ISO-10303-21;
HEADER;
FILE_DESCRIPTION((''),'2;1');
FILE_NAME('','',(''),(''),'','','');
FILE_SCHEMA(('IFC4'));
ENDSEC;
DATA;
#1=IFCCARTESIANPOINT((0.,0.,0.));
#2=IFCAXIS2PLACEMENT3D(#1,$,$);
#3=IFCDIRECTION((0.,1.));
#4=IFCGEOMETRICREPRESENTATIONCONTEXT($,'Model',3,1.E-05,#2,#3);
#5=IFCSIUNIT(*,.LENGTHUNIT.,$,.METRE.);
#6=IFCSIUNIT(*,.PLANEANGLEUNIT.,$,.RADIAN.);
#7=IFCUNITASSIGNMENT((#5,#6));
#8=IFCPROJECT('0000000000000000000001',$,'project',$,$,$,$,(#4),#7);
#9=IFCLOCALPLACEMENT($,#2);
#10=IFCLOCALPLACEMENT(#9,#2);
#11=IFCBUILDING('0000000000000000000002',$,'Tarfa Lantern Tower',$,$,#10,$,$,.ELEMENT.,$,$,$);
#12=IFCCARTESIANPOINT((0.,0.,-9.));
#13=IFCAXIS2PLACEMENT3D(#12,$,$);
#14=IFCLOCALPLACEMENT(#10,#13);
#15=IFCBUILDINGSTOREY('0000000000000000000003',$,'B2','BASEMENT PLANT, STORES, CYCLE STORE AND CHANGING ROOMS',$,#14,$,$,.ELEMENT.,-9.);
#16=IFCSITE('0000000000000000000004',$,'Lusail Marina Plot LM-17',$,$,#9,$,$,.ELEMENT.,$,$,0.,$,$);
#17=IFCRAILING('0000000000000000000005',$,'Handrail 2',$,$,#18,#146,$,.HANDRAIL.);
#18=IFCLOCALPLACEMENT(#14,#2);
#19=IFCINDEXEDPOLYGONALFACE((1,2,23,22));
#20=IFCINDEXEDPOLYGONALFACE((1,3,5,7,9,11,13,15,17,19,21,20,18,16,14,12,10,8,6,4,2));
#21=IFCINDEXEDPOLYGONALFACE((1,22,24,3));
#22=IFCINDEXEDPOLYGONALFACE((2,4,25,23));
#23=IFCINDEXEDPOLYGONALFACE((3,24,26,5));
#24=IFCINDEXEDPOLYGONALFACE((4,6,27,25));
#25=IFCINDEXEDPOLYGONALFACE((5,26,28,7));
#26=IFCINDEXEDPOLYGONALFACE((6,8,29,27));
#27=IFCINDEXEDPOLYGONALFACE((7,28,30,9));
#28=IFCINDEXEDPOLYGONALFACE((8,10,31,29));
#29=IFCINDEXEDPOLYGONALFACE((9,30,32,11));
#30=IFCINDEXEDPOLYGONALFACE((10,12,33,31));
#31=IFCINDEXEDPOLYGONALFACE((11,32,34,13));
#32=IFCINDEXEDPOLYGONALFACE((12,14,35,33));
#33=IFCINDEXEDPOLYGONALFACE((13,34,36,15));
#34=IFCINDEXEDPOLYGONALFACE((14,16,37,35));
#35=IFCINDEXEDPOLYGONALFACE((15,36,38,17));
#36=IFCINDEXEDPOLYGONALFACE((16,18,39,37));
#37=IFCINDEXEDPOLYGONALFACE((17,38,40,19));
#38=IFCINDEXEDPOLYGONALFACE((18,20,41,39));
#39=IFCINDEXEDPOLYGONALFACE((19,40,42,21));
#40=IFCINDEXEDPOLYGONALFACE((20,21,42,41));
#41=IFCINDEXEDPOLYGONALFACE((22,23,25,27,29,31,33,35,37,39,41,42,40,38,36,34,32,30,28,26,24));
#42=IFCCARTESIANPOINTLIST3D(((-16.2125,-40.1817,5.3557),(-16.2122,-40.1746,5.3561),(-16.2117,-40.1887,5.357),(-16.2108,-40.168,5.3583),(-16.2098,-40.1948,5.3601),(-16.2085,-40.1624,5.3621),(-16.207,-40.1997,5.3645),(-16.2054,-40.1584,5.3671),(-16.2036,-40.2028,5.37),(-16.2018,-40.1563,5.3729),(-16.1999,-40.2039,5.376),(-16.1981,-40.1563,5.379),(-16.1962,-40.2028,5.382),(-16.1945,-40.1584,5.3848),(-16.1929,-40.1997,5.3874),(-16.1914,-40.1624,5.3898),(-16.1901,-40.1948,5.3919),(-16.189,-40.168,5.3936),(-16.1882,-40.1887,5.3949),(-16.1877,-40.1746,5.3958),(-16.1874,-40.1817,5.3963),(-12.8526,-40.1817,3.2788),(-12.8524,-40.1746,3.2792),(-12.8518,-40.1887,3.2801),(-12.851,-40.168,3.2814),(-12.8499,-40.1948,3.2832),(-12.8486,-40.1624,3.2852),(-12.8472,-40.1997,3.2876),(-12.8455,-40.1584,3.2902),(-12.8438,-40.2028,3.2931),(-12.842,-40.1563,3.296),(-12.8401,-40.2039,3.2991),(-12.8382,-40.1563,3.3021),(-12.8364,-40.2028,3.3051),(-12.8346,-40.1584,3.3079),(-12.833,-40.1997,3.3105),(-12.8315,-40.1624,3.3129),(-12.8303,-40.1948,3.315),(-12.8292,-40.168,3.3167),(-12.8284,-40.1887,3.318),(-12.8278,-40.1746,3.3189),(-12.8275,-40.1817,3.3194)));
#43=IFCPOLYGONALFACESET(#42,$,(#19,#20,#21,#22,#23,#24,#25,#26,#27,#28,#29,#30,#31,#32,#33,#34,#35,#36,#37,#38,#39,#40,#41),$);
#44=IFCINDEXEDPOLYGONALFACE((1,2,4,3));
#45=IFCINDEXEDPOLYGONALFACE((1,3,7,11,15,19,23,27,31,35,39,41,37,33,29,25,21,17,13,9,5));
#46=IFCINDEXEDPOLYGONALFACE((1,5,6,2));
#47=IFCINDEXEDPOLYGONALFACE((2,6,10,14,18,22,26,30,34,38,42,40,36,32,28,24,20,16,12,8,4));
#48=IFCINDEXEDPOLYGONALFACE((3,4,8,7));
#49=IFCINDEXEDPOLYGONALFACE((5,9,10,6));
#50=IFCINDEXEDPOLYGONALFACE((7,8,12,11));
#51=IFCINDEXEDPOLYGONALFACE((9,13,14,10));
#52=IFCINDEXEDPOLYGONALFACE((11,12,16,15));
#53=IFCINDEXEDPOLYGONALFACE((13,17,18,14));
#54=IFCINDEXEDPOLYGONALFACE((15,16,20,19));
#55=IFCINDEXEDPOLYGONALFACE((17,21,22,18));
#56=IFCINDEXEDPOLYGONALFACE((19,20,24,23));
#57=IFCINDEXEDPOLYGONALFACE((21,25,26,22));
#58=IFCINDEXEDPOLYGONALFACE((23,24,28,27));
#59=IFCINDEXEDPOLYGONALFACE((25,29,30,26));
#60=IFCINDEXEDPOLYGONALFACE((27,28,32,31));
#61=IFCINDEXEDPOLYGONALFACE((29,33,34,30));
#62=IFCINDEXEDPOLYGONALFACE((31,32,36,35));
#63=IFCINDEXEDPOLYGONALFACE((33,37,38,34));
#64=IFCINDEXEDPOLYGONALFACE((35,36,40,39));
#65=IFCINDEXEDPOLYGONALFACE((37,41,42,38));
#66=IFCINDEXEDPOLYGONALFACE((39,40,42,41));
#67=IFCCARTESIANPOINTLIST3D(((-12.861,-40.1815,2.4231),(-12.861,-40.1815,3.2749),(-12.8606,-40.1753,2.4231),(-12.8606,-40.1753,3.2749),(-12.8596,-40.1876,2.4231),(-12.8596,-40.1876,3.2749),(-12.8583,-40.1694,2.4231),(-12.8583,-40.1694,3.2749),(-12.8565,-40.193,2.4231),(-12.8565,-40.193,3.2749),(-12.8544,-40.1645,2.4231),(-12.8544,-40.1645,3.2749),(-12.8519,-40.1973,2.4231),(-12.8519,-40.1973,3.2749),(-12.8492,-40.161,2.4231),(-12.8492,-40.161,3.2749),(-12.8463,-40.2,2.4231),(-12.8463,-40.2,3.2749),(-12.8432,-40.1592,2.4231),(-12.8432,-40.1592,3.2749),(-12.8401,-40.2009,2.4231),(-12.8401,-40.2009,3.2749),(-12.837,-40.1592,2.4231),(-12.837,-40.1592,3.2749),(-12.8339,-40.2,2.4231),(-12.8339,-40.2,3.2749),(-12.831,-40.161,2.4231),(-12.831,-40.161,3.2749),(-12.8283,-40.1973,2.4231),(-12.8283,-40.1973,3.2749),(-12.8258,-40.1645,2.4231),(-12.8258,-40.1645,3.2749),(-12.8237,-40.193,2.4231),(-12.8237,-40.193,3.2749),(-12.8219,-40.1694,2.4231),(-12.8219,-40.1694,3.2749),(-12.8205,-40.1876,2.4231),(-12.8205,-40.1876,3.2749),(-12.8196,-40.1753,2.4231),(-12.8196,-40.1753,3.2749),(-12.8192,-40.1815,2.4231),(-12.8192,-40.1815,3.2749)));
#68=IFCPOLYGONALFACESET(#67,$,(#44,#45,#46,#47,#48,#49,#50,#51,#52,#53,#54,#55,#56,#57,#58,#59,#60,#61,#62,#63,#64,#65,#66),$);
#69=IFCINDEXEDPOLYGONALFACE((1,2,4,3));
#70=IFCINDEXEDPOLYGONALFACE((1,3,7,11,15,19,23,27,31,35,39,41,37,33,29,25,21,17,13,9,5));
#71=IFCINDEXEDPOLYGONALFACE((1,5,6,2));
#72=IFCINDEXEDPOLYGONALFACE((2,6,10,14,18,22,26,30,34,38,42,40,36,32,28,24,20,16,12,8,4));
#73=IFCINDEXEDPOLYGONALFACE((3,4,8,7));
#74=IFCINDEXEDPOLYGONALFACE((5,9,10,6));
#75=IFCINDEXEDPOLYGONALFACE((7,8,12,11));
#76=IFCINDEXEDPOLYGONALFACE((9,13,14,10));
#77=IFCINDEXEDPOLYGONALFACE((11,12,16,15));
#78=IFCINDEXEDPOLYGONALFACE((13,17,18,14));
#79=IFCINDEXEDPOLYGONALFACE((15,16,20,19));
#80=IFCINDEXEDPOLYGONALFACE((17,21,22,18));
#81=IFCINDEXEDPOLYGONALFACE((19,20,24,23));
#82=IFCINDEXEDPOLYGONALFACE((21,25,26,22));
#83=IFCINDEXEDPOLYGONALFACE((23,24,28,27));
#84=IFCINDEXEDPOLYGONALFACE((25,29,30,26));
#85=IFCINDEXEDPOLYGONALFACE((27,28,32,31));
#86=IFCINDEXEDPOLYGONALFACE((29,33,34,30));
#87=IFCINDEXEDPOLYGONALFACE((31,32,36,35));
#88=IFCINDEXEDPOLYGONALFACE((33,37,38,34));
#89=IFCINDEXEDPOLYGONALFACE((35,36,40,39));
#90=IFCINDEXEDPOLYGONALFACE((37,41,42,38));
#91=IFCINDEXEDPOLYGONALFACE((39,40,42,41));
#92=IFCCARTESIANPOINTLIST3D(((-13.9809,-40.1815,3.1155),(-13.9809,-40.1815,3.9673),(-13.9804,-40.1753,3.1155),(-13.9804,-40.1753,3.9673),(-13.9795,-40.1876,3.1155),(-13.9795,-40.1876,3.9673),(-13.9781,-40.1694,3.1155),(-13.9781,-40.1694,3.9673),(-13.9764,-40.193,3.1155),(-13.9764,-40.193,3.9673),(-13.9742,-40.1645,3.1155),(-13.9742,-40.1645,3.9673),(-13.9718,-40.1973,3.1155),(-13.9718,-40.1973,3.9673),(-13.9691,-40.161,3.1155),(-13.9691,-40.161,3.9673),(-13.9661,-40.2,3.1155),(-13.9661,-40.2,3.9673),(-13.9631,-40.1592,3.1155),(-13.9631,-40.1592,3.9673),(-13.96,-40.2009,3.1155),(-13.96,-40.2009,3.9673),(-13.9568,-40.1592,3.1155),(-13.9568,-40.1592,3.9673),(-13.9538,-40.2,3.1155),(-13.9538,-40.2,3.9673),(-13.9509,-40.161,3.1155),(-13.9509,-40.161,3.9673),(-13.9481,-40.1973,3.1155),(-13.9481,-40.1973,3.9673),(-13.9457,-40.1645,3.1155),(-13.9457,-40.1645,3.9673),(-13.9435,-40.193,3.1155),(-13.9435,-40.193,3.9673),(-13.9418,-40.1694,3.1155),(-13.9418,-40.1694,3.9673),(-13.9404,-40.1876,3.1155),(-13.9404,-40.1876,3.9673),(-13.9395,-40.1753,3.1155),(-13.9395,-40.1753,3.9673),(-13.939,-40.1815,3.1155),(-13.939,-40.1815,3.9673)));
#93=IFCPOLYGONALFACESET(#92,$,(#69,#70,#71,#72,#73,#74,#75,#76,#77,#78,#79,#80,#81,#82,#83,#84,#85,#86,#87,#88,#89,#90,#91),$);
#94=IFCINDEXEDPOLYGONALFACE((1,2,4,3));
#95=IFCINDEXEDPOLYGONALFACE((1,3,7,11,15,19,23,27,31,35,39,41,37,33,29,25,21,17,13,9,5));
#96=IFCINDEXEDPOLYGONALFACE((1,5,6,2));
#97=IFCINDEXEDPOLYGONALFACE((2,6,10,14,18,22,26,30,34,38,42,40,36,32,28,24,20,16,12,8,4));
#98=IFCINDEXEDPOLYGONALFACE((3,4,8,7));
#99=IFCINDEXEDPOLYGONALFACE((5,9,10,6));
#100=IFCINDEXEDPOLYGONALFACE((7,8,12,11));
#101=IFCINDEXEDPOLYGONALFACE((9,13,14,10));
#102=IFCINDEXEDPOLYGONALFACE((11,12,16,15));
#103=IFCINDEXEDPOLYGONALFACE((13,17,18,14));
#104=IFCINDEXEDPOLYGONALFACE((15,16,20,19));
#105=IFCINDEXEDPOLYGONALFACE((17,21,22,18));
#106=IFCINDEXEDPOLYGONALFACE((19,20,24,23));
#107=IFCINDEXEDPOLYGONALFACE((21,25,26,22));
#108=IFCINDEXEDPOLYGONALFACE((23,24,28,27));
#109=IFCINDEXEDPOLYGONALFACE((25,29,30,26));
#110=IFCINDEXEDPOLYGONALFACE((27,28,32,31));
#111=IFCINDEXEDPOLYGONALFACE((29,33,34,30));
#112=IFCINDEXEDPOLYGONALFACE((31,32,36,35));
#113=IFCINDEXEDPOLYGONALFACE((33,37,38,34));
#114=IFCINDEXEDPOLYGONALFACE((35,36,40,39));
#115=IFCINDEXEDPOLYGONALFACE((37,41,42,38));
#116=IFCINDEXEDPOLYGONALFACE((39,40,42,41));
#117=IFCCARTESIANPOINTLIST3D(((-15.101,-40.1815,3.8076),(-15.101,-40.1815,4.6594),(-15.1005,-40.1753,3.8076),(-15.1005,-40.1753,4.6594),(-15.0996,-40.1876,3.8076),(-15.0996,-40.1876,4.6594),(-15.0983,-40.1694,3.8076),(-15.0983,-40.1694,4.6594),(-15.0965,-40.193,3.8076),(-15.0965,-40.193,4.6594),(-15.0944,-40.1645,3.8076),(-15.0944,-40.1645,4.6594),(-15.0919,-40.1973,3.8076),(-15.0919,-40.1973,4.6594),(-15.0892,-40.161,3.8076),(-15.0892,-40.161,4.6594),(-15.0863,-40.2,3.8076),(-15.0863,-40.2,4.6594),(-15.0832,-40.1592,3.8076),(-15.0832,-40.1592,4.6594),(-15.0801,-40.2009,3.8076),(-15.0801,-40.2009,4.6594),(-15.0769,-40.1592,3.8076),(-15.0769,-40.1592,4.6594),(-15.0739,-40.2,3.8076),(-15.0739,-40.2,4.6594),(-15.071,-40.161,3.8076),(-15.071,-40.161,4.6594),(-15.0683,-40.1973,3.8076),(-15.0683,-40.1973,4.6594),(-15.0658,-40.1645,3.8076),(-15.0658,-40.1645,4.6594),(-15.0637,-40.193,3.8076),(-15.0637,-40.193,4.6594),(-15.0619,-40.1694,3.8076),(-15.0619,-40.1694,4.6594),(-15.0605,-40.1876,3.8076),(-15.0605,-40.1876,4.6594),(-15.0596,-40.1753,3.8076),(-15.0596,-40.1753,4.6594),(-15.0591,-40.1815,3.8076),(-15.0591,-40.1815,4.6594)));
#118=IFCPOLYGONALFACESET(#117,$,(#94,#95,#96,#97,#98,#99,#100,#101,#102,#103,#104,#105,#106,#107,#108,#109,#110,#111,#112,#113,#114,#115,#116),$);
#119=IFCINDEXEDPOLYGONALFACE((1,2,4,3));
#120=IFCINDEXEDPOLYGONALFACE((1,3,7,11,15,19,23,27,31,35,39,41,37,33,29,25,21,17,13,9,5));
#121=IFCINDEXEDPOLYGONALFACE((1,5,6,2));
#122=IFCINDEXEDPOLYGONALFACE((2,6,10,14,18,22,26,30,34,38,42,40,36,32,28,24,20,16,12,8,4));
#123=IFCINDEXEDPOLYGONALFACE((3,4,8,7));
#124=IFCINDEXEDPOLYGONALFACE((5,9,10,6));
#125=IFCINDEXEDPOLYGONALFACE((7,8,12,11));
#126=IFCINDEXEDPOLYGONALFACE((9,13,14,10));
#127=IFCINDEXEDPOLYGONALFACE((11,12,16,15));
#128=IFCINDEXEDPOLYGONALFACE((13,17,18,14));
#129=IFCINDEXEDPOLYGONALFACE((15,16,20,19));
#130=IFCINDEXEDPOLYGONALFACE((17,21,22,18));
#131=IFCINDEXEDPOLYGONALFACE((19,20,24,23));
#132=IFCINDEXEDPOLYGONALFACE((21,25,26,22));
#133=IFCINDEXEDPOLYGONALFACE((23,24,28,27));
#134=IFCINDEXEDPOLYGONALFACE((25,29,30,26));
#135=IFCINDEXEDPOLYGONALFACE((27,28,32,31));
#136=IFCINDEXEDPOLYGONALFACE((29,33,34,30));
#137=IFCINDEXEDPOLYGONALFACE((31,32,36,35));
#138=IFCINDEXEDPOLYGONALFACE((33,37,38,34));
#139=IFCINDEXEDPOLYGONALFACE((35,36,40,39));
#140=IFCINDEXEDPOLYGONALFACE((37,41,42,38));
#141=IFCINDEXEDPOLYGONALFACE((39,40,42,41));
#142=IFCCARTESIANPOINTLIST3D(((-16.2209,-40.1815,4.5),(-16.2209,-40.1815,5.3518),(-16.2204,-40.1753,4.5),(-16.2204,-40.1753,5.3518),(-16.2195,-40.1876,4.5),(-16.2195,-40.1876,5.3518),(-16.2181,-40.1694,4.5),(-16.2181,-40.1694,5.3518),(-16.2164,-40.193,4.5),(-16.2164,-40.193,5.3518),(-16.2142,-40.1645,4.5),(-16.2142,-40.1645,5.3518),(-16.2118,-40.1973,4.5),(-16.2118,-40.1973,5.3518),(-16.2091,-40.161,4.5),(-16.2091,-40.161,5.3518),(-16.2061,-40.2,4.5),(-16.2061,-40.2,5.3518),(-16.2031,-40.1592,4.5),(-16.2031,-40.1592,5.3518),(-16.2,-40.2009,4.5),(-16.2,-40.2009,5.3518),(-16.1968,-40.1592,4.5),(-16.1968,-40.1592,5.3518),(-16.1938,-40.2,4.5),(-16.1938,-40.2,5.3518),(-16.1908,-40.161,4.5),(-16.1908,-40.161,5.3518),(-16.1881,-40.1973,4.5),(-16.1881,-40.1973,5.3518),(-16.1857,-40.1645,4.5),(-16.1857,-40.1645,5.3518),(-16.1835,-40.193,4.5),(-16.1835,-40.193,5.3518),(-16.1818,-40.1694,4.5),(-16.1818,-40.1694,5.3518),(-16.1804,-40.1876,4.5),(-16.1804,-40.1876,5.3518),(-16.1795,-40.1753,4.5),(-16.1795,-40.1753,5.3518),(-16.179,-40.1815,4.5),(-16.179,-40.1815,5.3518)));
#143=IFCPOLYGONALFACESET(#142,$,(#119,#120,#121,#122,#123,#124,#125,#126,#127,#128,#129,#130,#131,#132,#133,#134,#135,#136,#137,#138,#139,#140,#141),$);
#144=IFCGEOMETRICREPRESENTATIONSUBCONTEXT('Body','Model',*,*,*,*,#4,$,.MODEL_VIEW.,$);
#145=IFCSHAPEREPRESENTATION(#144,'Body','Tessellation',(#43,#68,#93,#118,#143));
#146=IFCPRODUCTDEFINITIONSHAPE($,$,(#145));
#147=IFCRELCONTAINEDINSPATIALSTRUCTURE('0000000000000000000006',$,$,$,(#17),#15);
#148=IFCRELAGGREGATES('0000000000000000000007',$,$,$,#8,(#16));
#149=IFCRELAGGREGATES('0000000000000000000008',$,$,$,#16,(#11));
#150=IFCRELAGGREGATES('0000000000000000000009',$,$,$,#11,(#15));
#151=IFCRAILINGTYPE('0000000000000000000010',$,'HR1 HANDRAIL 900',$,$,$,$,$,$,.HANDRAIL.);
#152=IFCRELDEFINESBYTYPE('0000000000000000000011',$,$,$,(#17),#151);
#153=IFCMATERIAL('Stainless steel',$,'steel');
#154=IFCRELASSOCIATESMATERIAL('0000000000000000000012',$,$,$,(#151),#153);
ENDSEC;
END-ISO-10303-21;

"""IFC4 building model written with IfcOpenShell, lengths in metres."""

from ifc_helpers import new_model, si_unit, direction, frame, origin, origin_2d, place, context, subcontext, project, spatial, circle, extrude, material, type_object, element, save


model = new_model("IFC4")

# Units and contexts
model_context = context("Model", 3, precision=1e-05, world=origin(), true_north=direction((0.0, 1.0)))
body_context = subcontext(model_context, "Body", "Model", "MODEL_VIEW")
ifc_project = project(units=[si_unit("LENGTHUNIT", "METRE"), si_unit("PLANEANGLEUNIT", "RADIAN")], contexts=[model_context])

# Site, building, storey
site_placement = place(None, origin())
site = spatial("IfcSite", under=ifc_project, at=site_placement, Name="Lusail Marina Plot LM-17", CompositionType="ELEMENT", RefElevation=0.0)
building_placement = place(site_placement, origin())
building = spatial("IfcBuilding", under=site, at=building_placement, Name="Tarfa Lantern Tower", CompositionType="ELEMENT")
storey_placement = place(building_placement, frame((0.0, 0.0, -9.0)))
storey = spatial("IfcBuildingStorey", under=building, at=storey_placement, Name="B2", Description="BASEMENT PLANT, STORES, CYCLE STORE AND CHANGING ROOMS", CompositionType="ELEMENT", Elevation=-9.0)

# Railing
ifc_material_1 = material(Name="Stainless steel", Category="steel")
railing_type = type_object("IfcRailingType", Name="HR1 HANDRAIL 900", PredefinedType="HANDRAIL", material=ifc_material_1)
railing_1_placement = place(storey_placement, frame((-12.8401, -40.1799, 2.4231)))
element("IfcRailing", 1, at=railing_1_placement, inside=storey, type_object=railing_type, Name="Handrail 2", PredefinedType="HANDRAIL", context=body_context, shape_type="SweptSolid", body=[
    extrude(circle(Radius=0.0239, at=origin_2d()), frame((0.0, 0.0, 0.876), z_axis=(-0.850606, 0.0, 0.525803), x_axis=(0.0, -1.0, 0.0)), (0.0, 0.0, 1.0), 3.95),
    extrude(circle(Radius=0.021, at=origin_2d()), frame((0.0, 0.0, 0.0), z_axis=(0.0, 0.0, 1.0), x_axis=(0.0, -1.0, 0.0)), (0.0, 0.0, 1.0), 0.8518),
    extrude(circle(Radius=0.021, at=origin_2d()), frame((-1.1199, 0.0, 0.6924), z_axis=(0.0, 0.0, 1.0), x_axis=(0.0, -1.0, 0.0)), (0.0, 0.0, 1.0), 0.8518),
    extrude(circle(Radius=0.021, at=origin_2d()), frame((-2.24, 0.0, 1.3845), z_axis=(0.0, 0.0, 1.0), x_axis=(0.0, -1.0, 0.0)), (0.0, 0.0, 1.0), 0.8518),
    extrude(circle(Radius=0.021, at=origin_2d()), frame((-3.3599, 0.0, 2.0769), z_axis=(0.0, 0.0, 1.0), x_axis=(0.0, -1.0, 0.0)), (0.0, 0.0, 1.0), 0.8518),
])

save(model, "model.ifc")
